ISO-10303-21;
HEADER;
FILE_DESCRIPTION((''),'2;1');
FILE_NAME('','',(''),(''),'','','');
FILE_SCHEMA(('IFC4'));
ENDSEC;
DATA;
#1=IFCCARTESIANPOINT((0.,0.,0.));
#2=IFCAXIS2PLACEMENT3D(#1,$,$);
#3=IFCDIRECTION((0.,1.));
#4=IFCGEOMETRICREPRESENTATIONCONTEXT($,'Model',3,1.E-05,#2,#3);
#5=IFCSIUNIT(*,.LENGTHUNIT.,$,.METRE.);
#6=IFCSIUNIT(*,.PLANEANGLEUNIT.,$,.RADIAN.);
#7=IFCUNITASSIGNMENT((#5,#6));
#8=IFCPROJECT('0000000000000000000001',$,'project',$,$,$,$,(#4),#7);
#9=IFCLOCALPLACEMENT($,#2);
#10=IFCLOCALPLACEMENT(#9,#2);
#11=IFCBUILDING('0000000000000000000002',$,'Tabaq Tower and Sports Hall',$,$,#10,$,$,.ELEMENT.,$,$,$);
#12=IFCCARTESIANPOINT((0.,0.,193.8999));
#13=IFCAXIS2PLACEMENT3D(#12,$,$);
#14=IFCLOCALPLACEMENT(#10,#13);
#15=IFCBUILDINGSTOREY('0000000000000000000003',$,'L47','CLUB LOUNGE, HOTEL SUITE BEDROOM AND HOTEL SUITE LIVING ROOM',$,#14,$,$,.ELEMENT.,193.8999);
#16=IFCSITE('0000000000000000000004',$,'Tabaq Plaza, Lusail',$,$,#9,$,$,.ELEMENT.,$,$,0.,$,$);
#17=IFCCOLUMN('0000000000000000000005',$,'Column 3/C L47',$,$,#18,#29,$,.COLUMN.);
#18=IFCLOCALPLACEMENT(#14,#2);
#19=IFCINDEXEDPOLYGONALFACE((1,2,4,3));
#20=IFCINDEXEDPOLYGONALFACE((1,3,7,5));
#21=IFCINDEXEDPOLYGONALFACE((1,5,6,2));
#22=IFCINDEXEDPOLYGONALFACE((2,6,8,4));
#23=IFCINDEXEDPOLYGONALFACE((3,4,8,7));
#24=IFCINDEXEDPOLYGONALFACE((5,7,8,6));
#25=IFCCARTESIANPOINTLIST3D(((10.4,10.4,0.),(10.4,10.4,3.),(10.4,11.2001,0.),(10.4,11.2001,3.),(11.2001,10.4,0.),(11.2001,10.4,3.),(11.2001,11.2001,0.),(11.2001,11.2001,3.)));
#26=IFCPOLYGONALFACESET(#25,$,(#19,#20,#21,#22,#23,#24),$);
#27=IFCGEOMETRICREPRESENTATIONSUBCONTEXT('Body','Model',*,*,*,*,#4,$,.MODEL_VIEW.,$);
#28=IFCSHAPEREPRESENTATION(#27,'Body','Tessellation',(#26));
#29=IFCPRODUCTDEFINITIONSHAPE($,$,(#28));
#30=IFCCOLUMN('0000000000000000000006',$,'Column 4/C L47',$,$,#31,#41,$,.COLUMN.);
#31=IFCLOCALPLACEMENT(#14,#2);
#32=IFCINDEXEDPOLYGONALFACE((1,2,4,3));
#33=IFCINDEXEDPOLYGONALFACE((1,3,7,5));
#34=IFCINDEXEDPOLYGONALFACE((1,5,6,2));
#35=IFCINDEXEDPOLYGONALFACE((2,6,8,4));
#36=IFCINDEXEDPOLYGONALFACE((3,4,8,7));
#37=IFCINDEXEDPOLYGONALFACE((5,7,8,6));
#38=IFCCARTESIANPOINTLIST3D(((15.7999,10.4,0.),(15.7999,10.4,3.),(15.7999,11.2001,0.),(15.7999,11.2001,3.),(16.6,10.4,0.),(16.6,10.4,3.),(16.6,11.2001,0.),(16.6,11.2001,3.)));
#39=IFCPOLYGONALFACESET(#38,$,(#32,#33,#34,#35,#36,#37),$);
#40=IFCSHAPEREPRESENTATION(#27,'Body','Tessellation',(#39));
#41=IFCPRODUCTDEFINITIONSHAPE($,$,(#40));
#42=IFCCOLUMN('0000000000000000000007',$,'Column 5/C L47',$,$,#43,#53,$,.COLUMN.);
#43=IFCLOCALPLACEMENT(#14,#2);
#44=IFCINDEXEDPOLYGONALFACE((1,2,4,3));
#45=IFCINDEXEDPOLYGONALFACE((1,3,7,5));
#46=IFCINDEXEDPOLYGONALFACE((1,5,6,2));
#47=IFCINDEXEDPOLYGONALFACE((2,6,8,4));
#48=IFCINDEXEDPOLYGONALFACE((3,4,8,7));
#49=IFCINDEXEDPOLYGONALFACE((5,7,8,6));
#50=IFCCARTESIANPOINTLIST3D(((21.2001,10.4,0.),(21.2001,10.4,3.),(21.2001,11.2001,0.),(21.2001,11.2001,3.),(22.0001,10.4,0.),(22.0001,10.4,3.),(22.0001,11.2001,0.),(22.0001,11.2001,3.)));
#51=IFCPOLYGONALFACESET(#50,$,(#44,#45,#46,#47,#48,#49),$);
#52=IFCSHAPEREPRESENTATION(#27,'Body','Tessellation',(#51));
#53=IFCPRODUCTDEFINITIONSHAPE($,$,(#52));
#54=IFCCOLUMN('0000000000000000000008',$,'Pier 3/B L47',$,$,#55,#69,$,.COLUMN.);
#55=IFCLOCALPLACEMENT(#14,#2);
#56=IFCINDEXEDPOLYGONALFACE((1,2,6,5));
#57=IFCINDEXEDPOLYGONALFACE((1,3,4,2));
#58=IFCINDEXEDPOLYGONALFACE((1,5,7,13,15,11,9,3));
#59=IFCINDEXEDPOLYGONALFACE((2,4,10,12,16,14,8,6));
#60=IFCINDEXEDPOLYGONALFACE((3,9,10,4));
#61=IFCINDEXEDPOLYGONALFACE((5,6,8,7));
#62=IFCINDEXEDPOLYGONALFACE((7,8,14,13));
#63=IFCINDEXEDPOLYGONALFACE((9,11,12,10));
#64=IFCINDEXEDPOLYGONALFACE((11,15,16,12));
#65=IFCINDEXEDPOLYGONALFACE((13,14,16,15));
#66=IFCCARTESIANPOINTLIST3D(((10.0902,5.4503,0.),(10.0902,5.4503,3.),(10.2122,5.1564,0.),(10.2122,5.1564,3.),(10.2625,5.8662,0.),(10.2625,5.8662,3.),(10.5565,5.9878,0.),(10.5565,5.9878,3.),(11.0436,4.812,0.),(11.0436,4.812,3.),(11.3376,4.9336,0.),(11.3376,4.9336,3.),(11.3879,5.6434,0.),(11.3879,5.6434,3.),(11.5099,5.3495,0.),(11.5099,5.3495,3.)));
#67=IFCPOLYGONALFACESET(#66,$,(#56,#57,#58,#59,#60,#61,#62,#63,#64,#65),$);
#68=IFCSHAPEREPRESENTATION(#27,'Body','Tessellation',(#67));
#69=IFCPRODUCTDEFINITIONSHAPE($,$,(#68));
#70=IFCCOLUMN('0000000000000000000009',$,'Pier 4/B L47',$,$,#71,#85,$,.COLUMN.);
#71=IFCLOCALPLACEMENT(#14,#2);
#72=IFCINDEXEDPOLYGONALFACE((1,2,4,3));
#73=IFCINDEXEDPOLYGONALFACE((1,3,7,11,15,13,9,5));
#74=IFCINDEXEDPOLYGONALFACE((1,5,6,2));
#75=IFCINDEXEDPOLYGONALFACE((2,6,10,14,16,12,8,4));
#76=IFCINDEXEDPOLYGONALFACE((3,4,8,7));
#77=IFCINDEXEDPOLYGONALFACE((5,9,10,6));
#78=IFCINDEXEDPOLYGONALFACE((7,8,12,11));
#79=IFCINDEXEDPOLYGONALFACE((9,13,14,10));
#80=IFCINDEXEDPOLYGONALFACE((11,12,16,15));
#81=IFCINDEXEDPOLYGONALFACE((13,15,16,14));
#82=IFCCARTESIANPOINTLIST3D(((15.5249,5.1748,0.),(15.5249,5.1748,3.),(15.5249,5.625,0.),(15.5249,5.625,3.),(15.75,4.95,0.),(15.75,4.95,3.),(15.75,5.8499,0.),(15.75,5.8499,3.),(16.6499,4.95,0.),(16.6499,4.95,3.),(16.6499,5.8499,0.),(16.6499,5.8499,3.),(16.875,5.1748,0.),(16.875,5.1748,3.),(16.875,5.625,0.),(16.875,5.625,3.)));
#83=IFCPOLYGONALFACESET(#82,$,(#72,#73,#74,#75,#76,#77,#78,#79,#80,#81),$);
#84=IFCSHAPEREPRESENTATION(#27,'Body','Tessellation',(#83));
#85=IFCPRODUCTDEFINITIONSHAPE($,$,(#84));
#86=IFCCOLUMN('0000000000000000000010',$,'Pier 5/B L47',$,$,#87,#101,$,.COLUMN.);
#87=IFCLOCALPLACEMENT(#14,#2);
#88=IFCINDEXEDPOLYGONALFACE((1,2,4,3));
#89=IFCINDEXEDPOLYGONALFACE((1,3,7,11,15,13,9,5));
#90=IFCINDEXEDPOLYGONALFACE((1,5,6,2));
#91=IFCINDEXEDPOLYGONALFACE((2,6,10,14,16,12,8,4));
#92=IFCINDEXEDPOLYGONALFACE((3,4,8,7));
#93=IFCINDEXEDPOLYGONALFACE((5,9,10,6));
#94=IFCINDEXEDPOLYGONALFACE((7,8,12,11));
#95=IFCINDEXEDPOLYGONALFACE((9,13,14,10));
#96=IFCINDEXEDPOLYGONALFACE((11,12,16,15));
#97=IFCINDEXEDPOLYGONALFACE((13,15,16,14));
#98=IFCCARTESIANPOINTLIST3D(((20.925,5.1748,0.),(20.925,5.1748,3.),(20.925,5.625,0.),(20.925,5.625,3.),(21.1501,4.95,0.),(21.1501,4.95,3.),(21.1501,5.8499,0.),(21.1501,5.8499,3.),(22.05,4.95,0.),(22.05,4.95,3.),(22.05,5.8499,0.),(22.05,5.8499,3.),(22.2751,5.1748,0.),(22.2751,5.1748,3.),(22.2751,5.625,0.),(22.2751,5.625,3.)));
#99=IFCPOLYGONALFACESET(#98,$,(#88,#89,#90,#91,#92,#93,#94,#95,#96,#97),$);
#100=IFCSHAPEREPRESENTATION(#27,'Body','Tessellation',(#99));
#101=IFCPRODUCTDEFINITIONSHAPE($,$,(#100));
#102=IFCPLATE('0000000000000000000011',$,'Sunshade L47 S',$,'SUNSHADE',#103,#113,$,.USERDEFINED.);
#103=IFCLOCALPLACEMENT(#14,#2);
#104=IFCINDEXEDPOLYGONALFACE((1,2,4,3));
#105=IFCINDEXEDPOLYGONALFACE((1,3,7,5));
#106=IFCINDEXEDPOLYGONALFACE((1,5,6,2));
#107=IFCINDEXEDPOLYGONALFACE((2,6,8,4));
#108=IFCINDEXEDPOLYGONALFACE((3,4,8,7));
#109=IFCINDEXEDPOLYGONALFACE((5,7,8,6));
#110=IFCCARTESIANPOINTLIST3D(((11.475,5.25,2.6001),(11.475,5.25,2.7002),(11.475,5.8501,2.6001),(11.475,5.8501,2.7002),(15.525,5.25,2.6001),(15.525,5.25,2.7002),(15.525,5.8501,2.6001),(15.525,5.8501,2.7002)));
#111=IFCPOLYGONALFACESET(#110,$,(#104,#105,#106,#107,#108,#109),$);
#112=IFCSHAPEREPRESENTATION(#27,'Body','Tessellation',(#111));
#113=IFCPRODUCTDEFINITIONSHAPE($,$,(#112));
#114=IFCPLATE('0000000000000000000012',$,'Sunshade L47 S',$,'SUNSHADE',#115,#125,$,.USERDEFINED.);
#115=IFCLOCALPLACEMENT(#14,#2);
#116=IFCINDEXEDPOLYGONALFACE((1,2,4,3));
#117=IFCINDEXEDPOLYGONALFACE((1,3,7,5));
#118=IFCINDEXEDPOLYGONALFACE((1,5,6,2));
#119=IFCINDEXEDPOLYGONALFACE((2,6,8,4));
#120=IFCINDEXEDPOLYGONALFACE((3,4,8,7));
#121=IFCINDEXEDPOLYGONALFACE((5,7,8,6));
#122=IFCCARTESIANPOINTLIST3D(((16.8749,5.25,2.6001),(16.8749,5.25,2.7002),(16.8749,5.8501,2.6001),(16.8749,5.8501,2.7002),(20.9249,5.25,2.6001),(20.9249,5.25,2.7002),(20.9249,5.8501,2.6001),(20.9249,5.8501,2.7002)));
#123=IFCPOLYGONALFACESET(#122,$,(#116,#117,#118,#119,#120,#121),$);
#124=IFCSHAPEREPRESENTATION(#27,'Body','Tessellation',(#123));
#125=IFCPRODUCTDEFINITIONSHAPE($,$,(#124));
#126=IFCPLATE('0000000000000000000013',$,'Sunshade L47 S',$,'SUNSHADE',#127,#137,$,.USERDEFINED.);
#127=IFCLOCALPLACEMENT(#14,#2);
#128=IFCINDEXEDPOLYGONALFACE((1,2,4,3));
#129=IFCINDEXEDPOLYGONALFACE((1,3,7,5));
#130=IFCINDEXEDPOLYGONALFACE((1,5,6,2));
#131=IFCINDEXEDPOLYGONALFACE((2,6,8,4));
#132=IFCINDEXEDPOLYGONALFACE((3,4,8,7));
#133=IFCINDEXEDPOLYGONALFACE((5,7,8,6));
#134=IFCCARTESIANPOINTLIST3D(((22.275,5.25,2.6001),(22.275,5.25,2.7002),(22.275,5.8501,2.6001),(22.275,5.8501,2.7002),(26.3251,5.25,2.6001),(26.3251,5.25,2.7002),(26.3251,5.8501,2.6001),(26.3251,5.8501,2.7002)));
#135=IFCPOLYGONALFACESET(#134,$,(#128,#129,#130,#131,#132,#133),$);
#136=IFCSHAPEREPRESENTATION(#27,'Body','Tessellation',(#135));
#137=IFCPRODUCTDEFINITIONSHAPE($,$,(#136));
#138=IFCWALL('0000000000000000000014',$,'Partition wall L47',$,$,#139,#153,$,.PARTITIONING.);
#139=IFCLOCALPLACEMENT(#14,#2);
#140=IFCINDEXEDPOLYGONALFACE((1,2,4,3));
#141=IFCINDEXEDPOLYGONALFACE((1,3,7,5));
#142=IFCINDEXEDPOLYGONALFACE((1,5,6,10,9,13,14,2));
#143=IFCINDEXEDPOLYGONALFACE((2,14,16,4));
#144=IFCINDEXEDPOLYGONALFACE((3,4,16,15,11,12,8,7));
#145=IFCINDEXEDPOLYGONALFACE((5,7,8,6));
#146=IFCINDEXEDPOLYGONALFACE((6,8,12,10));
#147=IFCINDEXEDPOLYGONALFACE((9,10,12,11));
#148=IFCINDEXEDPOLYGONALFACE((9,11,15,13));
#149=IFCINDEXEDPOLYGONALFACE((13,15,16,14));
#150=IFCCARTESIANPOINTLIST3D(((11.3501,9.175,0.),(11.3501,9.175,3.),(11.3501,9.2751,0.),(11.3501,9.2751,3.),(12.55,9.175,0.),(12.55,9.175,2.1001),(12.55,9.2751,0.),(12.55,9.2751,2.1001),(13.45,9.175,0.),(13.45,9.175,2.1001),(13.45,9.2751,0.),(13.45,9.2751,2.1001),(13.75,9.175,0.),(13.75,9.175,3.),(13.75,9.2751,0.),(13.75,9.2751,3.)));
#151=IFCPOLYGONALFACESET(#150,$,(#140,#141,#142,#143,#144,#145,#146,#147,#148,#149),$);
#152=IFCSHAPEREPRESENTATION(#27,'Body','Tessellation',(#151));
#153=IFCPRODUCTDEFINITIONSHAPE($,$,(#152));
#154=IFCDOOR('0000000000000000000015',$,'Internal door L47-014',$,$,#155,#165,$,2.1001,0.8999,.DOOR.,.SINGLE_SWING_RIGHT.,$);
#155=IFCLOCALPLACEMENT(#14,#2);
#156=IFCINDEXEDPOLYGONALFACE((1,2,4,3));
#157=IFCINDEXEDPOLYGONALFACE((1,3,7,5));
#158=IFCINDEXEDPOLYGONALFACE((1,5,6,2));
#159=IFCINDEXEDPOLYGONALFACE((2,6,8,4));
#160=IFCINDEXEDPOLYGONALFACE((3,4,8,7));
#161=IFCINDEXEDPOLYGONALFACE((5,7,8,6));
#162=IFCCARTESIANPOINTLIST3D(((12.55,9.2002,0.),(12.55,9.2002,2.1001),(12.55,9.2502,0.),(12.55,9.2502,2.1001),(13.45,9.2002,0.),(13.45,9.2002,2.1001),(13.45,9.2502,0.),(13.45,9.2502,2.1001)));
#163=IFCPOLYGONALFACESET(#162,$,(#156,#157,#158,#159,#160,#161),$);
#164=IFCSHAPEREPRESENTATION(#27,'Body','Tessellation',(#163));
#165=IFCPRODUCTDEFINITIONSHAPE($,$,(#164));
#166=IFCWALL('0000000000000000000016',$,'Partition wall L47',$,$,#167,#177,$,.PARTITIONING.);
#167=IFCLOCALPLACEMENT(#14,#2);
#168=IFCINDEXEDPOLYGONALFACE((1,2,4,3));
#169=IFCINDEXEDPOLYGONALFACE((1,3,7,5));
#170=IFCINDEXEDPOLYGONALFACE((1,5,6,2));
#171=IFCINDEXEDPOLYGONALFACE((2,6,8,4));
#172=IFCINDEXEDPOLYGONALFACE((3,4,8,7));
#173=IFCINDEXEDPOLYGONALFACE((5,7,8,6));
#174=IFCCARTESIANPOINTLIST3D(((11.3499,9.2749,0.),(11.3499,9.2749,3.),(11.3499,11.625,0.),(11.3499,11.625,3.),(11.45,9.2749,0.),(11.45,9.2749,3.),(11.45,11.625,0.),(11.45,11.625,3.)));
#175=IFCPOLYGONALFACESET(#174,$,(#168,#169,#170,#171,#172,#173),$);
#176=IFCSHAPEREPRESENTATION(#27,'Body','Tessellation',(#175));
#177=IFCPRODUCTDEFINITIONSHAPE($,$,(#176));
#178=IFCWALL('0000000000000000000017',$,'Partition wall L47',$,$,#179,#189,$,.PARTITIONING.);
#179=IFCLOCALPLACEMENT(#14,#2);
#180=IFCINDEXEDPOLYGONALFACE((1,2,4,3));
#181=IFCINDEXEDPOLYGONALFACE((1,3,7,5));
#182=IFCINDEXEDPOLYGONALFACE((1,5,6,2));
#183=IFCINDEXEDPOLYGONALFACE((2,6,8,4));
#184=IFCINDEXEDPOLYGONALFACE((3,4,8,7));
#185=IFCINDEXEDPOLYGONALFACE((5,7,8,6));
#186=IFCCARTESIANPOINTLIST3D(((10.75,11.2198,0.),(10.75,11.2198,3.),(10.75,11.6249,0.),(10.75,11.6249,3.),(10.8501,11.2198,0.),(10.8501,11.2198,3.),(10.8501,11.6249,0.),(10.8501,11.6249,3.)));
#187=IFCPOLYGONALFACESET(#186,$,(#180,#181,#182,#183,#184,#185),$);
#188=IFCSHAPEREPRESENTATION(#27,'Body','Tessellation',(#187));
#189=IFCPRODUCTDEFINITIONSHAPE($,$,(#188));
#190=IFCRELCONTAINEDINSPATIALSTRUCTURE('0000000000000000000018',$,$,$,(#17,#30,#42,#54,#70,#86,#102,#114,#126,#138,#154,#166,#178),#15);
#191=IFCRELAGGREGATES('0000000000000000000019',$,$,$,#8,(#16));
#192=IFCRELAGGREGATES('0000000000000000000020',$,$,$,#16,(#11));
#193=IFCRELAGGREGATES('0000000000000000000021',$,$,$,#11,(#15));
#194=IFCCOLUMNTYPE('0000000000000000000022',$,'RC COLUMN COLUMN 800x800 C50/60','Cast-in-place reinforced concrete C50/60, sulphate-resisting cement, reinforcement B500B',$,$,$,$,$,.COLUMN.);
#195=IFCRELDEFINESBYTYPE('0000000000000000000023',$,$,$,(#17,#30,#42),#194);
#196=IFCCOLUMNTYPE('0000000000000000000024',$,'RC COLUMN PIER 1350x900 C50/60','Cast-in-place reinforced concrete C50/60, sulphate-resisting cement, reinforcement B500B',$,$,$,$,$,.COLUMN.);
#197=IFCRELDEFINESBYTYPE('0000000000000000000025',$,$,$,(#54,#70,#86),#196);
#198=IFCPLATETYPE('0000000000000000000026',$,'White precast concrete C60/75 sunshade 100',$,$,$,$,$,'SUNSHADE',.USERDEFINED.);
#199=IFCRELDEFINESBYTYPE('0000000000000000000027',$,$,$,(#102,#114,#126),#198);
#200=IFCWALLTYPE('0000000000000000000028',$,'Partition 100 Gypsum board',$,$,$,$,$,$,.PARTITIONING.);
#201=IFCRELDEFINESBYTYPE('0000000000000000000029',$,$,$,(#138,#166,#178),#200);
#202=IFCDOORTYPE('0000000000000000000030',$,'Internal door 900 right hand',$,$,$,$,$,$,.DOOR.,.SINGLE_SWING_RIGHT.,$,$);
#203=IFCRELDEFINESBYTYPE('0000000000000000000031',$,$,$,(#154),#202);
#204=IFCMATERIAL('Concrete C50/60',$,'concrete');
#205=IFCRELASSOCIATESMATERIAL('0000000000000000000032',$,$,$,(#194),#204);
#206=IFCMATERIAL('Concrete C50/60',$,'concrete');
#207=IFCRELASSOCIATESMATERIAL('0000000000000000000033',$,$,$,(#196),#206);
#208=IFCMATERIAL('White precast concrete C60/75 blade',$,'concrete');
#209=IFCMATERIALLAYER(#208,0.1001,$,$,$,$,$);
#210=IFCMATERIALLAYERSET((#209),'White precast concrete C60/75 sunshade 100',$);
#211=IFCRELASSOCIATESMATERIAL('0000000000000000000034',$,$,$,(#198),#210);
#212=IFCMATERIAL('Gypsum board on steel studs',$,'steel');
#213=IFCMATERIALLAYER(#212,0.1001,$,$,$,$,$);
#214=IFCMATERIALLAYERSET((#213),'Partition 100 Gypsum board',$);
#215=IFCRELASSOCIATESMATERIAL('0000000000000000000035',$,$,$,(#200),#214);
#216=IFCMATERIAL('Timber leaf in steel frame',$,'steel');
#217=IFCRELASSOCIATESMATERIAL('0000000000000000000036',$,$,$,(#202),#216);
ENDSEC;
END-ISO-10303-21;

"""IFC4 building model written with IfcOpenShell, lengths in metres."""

from ifc_helpers import new_model, si_unit, direction, frame, frame_2d, origin, origin_2d, place, context, subcontext, project, spatial, polyline, rectangle, outline, extrude, material, layer, layer_set, material_profile, profile_set, type_object, element, fill, save


model = new_model("IFC4")

# Units and contexts
model_context = context("Model", 3, precision=1e-05, world=origin(), true_north=direction((0.0, 1.0)))
body_context = subcontext(model_context, "Body", "Model", "MODEL_VIEW")
ifc_project = project(units=[si_unit("LENGTHUNIT", "METRE"), si_unit("PLANEANGLEUNIT", "RADIAN")], contexts=[model_context])

# Site, building, storey
site_placement = place(None, origin())
site = spatial("IfcSite", under=ifc_project, at=site_placement, Name="Tabaq Plaza, Lusail", CompositionType="ELEMENT", RefElevation=0.0)
building_placement = place(site_placement, origin())
building = spatial("IfcBuilding", under=site, at=building_placement, Name="Tabaq Tower and Sports Hall", CompositionType="ELEMENT")
storey_placement = place(building_placement, frame((0.0, 0.0, 193.8999)))
storey = spatial("IfcBuildingStorey", under=building, at=storey_placement, Name="L47", Description="CLUB LOUNGE, HOTEL SUITE BEDROOM AND HOTEL SUITE LIVING ROOM", CompositionType="ELEMENT", Elevation=193.8999)

# Columns
ifc_material_1 = material(Name="Concrete C50/60", Category="concrete")
ifc_material_profile_1 = material_profile(ifc_material_1, rectangle(XDim=0.8, YDim=0.8, at=origin_2d()), Name="COLUMN 800x800")
ifc_profile_set_1 = profile_set([ifc_material_profile_1], Name="Concrete C50/60")
column_type_1 = type_object("IfcColumnType", Name="RC COLUMN COLUMN 800x800 C50/60", Description="Cast-in-place reinforced concrete C50/60, sulphate-resisting cement, reinforcement B500B", PredefinedType="COLUMN", material=ifc_profile_set_1)
for number, where, z_axis, x_axis, name in (
    (1, (10.8, 10.8, 0.0), (0.0, 0.0, 1.0), (1.0, 0.0, 0.0), "Column 3/C L47"),
    (2, (16.2, 10.8, 0.0), (0.0, 0.0, 1.0), (1.0, 0.0, 0.0), "Column 4/C L47"),
    (3, (21.6001, 10.8, 0.0), (0.0, 0.0, 1.0), (1.0, 0.0, 0.0), "Column 5/C L47"),
):
    element("IfcColumn", number, at=place(storey_placement, frame(where, z_axis=z_axis, x_axis=x_axis)), inside=storey, type_object=column_type_1, Name=name, PredefinedType="COLUMN", context=body_context, shape_type="SweptSolid", body=[
        extrude(rectangle(XDim=0.8, YDim=0.8, at=origin_2d()), origin(), (0.0, 0.0, 1.0), 3.0),
    ])
ifc_material_2 = material(Name="Concrete C50/60", Category="concrete")
ifc_material_profile_2 = material_profile(ifc_material_2, outline(polyline([(-0.45, -0.45), (0.45, -0.45), (0.675, -0.2251), (0.675, 0.2251), (0.45, 0.45), (-0.45, 0.45), (-0.675, 0.2251), (-0.675, -0.2251), (-0.45, -0.45)])), Name="PIER 1350x900")
ifc_profile_set_2 = profile_set([ifc_material_profile_2], Name="Concrete C50/60")
column_type_2 = type_object("IfcColumnType", Name="RC COLUMN PIER 1350x900 C50/60", Description="Cast-in-place reinforced concrete C50/60, sulphate-resisting cement, reinforcement B500B", PredefinedType="COLUMN", material=ifc_profile_set_2)
for number, where, z_axis, x_axis, name in (
    (4, (10.8, 5.3999, 0.0), (0.0, 0.0, 1.0), (-0.92388, 0.382683, 0.0), "Pier 3/B L47"),
    (5, (16.2, 5.3999, 0.0), (0.0, 0.0, 1.0), (1.0, 0.0, 0.0), "Pier 4/B L47"),
    (6, (21.6001, 5.3999, 0.0), (0.0, 0.0, 1.0), (1.0, 0.0, 0.0), "Pier 5/B L47"),
):
    element("IfcColumn", number, at=place(storey_placement, frame(where, z_axis=z_axis, x_axis=x_axis)), inside=storey, type_object=column_type_2, Name=name, PredefinedType="COLUMN", context=body_context, shape_type="SweptSolid", body=[
        extrude(outline(polyline([(-0.45, -0.45), (0.45, -0.45), (0.675, -0.2251), (0.675, 0.2251), (0.45, 0.45), (-0.45, 0.45), (-0.675, 0.2251), (-0.675, -0.2251), (-0.45, -0.45)])), origin(), (0.0, 0.0, 1.0), 3.0),
    ])

# Plates
ifc_material_3 = material(Name="White precast concrete C60/75 blade", Category="concrete")
ifc_layer_1 = layer(ifc_material_3, 0.1001)
ifc_layer_set_1 = layer_set([ifc_layer_1], Name="White precast concrete C60/75 sunshade 100")
plate_type = type_object("IfcPlateType", Name="White precast concrete C60/75 sunshade 100", ElementType="SUNSHADE", PredefinedType="USERDEFINED", material=ifc_layer_set_1)
for number, where, z_axis, x_axis, name in (
    (7, (13.5, 5.55, 2.6001), (0.0, 0.0, 1.0), (1.0, 0.0, 0.0), "Sunshade L47 S"),
    (8, (18.8999, 5.55, 2.6001), (0.0, 0.0, 1.0), (1.0, 0.0, 0.0), "Sunshade L47 S"),
    (9, (24.3, 5.55, 2.6001), (0.0, 0.0, 1.0), (1.0, 0.0, 0.0), "Sunshade L47 S"),
):
    element("IfcPlate", number, at=place(storey_placement, frame(where, z_axis=z_axis, x_axis=x_axis)), inside=storey, type_object=plate_type, Name=name, ObjectType="SUNSHADE", PredefinedType="USERDEFINED", context=body_context, shape_type="SweptSolid", body=[
        extrude(rectangle(XDim=4.05, YDim=0.6001, at=origin_2d()), origin(), (0.0, 0.0, 1.0), 0.1001),
    ])

# Wall, opening, door
ifc_material_4 = material(Name="Gypsum board on steel studs", Category="steel")
ifc_layer_2 = layer(ifc_material_4, 0.1001)
ifc_layer_set_2 = layer_set([ifc_layer_2], Name="Partition 100 Gypsum board")
wall_type_1 = type_object("IfcWallType", Name="Partition 100 Gypsum board", PredefinedType="PARTITIONING", material=ifc_layer_set_2)
wall_1_placement = place(storey_placement, frame((13.75, 9.2251, 0.0), z_axis=(0.0, 0.0, 1.0), x_axis=(-1.0, 0.0, 0.0)))
wall_1 = element("IfcWall", 10, at=wall_1_placement, inside=storey, type_object=wall_type_1, Name="Partition wall L47", PredefinedType="PARTITIONING", context=body_context, shape_type="SweptSolid", body=[
    extrude(rectangle(XDim=2.3999, YDim=0.1001, at=frame_2d((1.2, 0.0))), origin(), (0.0, 0.0, 1.0), 3.0),
])
opening_1_placement = place(wall_1_placement, frame((0.3, 0.0, 0.0)))
opening_1 = element("IfcOpeningElement", 11, at=opening_1_placement, cuts=wall_1, PredefinedType="OPENING", context=body_context, shape_type="SweptSolid", body=[
    extrude(rectangle(XDim=0.8999, YDim=2.1001, at=frame_2d((0.45, 1.05))), frame((0.0, 0.05, 0.0), z_axis=(0.0, -1.0, 0.0), x_axis=(1.0, 0.0, 0.0)), (0.0, 0.0, 1.0), 0.1001),
])
ifc_material_5 = material(Name="Timber leaf in steel frame", Category="steel")
door_type_1 = type_object("IfcDoorType", Name="Internal door 900 right hand", OperationType="SINGLE_SWING_RIGHT", PredefinedType="DOOR", material=ifc_material_5)
door_1_placement = place(opening_1_placement, origin())
door_1 = element("IfcDoor", 12, at=door_1_placement, inside=storey, type_object=door_type_1, Name="Internal door L47-014", OperationType="SINGLE_SWING_RIGHT", OverallHeight=2.1001, OverallWidth=0.8999, PredefinedType="DOOR", context=body_context, shape_type="SweptSolid", body=[
    extrude(rectangle(XDim=0.8999, YDim=2.1001, at=frame_2d((0.45, 1.05))), frame((0.0, 0.0249, 0.0), z_axis=(0.0, -1.0, 0.0), x_axis=(1.0, 0.0, 0.0)), (0.0, 0.0, 1.0), 0.05),
])
fill(opening_1, door_1)

# Walls
wall_2_placement = place(storey_placement, frame((11.3999, 9.2749, 0.0), z_axis=(0.0, 0.0, 1.0), x_axis=(0.0, 1.0, 0.0)))
element("IfcWall", 13, at=wall_2_placement, inside=storey, type_object=wall_type_1, Name="Partition wall L47", PredefinedType="PARTITIONING", context=body_context, shape_type="SweptSolid", body=[
    extrude(rectangle(XDim=2.3501, YDim=0.1001, at=frame_2d((1.175, 0.0))), origin(), (0.0, 0.0, 1.0), 3.0),
])
wall_3_placement = place(storey_placement, frame((10.8, 11.625, 0.0), z_axis=(0.0, 0.0, 1.0), x_axis=(0.0, -1.0, 0.0)))
element("IfcWall", 14, at=wall_3_placement, inside=storey, type_object=wall_type_1, Name="Partition wall L47", PredefinedType="PARTITIONING", context=body_context, shape_type="SweptSolid", body=[
    extrude(rectangle(XDim=0.405, YDim=0.1001, at=frame_2d((0.2026, 0.0))), origin(), (0.0, 0.0, 1.0), 3.0),
])

save(model, "model.ifc")
